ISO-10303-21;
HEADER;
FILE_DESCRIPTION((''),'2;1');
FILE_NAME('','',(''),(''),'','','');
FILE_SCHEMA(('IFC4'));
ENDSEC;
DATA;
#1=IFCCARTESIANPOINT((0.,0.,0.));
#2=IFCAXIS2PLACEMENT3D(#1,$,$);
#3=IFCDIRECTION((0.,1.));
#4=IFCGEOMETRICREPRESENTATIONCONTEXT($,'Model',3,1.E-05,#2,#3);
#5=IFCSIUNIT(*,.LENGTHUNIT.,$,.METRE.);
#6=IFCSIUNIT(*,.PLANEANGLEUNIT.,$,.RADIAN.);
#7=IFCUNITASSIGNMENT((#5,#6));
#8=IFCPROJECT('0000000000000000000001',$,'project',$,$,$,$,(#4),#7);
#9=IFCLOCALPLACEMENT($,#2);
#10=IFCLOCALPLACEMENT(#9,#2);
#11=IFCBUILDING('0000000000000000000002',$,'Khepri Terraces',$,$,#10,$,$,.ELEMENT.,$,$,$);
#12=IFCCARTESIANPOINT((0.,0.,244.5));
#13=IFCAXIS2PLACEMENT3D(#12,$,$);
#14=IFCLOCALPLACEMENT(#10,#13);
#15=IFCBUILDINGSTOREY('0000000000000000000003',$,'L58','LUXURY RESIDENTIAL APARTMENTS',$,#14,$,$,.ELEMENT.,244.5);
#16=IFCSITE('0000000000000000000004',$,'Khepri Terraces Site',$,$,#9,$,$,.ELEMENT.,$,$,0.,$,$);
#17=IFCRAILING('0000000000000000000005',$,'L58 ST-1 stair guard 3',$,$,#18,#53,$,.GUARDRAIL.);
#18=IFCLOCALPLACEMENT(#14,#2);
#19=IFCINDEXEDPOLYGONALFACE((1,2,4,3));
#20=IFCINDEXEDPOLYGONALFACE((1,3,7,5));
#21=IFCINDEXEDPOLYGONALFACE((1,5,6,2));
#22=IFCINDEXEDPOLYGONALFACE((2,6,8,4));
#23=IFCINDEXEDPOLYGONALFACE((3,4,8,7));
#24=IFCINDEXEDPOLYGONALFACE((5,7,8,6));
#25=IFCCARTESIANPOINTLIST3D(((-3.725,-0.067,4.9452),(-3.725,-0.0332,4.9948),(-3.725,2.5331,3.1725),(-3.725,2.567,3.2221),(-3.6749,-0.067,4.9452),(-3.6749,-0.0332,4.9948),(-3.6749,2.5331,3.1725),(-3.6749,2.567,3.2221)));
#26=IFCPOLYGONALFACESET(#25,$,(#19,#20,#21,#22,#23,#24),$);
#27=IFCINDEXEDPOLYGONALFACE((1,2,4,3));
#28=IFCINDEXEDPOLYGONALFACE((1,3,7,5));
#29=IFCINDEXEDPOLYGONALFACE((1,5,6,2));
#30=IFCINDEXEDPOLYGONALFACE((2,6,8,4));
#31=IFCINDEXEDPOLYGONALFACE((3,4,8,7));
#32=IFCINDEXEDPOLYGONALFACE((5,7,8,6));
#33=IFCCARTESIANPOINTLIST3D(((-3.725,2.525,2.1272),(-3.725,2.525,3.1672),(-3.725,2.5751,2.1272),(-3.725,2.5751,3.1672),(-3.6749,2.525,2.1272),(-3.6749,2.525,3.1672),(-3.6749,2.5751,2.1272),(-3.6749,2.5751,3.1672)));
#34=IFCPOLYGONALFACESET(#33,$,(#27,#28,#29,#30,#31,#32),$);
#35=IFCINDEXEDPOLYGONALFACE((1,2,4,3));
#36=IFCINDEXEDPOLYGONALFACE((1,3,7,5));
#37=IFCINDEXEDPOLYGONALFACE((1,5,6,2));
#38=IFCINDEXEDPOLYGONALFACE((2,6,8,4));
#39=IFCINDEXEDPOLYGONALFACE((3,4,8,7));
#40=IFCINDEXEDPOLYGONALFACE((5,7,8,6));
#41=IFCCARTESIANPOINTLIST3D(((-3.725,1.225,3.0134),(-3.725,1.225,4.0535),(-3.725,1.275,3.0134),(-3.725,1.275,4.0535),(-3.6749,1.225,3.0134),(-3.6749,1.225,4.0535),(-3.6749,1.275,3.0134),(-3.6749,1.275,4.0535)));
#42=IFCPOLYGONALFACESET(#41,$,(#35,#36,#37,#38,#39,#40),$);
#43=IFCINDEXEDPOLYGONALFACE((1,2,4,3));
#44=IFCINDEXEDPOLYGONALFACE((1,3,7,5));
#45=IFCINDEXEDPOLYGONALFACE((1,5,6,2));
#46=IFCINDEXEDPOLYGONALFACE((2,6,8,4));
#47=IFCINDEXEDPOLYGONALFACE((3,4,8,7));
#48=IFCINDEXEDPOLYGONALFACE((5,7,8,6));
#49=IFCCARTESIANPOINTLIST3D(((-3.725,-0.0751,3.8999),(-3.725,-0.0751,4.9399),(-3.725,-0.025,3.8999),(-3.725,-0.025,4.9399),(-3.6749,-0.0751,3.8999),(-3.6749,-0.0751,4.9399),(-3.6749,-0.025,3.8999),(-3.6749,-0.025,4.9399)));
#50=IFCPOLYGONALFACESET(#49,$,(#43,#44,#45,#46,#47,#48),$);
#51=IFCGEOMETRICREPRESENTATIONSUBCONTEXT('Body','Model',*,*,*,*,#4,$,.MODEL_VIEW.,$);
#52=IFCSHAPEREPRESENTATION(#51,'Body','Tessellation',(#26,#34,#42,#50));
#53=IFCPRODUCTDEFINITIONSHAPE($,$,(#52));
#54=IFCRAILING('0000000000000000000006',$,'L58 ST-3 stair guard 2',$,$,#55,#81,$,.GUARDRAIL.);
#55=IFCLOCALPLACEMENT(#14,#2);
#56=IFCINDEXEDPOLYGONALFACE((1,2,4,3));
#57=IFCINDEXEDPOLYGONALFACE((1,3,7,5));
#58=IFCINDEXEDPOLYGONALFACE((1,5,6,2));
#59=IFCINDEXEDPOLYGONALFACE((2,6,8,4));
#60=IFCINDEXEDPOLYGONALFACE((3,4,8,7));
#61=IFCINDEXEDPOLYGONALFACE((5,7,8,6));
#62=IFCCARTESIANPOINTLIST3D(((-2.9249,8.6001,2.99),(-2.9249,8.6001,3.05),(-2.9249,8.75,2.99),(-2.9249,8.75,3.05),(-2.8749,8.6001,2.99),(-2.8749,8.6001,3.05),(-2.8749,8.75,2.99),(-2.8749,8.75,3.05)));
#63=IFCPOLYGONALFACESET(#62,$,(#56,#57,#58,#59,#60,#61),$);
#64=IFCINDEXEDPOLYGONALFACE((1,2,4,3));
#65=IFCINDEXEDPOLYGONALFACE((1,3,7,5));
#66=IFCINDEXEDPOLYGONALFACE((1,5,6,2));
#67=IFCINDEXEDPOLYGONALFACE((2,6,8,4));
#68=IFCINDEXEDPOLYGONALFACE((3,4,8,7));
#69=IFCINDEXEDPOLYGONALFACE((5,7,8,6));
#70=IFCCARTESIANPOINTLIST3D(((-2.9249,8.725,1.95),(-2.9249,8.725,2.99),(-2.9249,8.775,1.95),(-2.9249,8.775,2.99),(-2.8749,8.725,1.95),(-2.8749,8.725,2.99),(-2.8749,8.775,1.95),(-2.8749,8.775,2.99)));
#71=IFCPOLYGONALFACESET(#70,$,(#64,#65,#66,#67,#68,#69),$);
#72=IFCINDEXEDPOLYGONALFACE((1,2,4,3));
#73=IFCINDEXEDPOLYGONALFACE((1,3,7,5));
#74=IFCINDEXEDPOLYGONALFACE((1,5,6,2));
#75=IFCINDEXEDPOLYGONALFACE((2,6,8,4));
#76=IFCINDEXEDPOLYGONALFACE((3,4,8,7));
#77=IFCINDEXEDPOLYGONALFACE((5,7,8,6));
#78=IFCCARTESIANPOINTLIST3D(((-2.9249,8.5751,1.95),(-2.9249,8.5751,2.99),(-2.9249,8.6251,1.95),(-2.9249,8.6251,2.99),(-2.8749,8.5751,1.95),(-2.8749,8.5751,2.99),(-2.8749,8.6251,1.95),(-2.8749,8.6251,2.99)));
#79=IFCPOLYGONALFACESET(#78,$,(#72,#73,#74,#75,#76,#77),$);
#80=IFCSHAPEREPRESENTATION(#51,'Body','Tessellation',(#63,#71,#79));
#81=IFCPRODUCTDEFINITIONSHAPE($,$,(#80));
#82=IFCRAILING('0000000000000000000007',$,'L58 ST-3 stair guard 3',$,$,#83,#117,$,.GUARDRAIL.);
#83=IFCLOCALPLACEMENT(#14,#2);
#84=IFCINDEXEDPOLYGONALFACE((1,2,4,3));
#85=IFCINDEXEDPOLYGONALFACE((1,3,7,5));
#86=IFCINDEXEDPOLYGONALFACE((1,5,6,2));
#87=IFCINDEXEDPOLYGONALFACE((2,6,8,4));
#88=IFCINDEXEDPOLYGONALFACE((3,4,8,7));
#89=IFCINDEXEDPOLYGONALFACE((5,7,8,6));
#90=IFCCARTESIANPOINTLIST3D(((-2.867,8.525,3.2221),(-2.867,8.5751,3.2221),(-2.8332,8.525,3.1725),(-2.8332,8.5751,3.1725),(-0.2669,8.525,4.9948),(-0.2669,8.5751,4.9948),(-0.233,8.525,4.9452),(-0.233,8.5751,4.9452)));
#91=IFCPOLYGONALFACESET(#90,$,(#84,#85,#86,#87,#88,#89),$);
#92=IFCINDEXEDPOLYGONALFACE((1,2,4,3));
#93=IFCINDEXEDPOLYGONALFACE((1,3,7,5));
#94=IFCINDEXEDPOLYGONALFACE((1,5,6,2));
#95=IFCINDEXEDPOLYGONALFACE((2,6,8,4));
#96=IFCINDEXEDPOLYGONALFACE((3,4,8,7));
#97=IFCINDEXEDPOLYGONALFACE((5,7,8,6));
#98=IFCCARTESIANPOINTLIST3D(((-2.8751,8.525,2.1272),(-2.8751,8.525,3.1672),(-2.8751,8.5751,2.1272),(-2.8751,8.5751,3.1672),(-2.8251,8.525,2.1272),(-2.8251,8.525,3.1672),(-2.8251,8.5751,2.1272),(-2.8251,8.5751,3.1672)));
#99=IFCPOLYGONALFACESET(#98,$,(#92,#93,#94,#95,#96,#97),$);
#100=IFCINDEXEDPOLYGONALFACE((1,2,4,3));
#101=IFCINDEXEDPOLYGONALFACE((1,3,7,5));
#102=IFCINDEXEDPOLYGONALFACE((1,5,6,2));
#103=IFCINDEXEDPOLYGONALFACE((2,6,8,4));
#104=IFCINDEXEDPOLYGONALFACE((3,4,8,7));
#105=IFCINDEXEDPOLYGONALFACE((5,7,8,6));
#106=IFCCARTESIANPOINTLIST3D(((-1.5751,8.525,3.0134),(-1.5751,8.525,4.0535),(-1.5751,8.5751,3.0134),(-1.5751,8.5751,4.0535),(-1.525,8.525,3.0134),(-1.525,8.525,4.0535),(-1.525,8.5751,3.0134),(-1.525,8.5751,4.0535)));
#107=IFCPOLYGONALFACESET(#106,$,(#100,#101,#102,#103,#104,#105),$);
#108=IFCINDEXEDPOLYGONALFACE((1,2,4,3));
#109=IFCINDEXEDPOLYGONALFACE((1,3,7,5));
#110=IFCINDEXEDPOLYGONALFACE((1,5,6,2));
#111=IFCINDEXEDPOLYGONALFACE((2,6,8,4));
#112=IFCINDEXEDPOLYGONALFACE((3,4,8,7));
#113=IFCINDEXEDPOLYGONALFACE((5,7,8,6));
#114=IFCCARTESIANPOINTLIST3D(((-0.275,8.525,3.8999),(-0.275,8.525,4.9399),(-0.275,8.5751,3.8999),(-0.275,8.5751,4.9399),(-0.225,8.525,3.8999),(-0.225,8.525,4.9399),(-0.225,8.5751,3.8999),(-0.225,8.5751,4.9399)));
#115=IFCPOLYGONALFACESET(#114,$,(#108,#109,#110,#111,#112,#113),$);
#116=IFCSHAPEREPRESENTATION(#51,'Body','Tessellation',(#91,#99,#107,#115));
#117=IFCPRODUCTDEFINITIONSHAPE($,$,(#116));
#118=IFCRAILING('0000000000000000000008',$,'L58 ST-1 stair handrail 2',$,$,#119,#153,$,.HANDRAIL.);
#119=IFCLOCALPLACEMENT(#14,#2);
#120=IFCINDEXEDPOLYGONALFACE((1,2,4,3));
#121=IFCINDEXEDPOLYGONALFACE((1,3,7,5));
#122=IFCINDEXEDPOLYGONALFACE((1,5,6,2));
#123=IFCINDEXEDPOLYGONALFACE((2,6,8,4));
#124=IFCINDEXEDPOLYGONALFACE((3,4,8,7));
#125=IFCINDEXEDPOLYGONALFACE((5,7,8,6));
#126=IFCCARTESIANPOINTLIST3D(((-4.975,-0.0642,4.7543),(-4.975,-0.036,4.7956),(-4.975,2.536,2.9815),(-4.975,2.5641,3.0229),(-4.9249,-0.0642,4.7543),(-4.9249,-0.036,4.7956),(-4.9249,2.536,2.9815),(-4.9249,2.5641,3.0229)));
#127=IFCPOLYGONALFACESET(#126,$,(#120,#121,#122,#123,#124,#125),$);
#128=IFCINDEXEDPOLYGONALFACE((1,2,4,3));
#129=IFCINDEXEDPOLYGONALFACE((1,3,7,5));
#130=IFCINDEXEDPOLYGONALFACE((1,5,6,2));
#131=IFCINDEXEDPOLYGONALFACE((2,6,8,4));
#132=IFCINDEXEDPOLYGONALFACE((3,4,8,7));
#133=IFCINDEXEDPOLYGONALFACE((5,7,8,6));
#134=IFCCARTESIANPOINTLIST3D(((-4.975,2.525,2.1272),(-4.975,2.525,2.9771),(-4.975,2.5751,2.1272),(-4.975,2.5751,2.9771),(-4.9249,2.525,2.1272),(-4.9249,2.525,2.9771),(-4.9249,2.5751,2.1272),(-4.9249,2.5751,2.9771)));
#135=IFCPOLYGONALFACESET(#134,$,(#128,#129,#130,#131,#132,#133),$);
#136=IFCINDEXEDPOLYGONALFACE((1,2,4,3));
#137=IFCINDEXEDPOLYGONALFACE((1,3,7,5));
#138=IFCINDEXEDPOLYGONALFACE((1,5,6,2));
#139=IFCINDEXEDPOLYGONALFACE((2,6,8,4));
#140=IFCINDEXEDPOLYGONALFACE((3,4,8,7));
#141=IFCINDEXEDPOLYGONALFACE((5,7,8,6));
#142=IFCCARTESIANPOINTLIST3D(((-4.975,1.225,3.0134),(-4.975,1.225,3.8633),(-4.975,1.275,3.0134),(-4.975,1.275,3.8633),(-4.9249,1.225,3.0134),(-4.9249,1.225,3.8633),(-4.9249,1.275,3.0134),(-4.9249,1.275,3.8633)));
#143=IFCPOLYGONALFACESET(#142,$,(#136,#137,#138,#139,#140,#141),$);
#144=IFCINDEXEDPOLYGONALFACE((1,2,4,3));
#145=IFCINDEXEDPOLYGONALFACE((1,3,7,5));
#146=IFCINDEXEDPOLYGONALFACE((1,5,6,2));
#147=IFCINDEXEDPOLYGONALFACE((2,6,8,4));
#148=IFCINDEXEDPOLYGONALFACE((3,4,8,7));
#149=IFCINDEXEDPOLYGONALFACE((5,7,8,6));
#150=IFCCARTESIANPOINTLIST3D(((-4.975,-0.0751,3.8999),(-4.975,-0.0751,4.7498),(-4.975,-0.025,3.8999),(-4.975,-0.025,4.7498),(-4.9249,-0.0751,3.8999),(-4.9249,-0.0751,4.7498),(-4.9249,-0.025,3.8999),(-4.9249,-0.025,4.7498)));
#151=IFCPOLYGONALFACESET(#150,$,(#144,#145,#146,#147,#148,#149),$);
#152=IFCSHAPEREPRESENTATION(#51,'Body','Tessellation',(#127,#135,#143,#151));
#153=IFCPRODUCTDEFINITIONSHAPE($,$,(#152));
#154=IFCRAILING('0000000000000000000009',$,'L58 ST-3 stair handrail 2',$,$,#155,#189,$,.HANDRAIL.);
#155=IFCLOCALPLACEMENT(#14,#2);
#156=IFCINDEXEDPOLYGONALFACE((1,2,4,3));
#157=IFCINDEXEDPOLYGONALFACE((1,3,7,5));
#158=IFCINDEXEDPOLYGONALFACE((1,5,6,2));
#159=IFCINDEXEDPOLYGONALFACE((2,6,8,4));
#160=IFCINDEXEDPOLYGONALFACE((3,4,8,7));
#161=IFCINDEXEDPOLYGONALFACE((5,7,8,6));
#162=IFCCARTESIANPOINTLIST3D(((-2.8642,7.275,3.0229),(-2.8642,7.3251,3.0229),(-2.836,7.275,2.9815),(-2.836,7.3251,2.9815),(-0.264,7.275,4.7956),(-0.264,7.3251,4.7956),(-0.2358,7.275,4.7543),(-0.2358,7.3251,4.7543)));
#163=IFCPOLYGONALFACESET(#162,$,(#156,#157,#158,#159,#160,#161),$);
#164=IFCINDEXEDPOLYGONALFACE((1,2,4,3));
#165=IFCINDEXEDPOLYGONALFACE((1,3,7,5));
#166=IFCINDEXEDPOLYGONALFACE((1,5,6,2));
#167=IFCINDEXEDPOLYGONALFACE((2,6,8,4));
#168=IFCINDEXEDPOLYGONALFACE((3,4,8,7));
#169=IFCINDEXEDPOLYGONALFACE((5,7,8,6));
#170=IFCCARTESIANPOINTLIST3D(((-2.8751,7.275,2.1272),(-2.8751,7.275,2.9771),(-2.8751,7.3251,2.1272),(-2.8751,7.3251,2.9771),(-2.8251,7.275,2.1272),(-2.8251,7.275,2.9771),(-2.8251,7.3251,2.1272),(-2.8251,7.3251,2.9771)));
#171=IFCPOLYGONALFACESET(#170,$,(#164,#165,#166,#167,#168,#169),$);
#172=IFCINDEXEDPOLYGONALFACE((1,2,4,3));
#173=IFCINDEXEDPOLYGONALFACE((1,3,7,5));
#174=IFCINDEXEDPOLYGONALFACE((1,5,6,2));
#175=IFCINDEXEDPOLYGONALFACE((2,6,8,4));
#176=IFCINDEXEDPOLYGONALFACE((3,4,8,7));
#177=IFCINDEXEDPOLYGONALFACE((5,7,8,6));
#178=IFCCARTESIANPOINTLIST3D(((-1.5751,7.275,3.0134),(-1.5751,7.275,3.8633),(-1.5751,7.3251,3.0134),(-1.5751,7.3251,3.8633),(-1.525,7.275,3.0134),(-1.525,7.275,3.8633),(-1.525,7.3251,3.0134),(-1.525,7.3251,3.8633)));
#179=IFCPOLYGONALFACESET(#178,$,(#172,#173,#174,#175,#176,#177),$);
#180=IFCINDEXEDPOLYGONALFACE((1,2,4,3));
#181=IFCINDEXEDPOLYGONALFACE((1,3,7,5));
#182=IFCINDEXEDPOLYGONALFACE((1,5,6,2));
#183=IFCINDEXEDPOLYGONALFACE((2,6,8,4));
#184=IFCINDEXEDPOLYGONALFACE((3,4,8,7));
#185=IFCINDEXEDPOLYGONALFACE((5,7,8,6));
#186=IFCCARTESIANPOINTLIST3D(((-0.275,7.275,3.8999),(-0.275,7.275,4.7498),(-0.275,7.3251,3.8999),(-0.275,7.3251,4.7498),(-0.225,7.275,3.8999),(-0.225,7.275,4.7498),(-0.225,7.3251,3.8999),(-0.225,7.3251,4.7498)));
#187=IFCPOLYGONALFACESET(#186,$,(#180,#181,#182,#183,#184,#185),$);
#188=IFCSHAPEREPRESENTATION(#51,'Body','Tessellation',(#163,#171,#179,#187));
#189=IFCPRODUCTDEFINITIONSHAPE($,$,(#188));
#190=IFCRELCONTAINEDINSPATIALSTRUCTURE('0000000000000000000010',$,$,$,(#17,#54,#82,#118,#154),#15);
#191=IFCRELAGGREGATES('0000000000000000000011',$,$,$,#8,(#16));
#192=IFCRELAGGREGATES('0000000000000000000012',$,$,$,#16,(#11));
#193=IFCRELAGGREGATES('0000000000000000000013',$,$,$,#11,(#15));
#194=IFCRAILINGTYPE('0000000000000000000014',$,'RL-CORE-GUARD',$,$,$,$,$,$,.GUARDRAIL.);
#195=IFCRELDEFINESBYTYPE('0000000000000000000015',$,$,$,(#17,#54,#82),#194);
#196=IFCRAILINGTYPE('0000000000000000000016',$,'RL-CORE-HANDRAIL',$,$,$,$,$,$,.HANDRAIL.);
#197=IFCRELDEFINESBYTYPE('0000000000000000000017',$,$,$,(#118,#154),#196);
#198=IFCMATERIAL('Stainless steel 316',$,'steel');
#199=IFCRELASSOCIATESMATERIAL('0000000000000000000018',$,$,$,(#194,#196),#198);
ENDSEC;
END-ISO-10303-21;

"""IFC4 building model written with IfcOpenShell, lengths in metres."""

from ifc_helpers import new_model, si_unit, direction, frame, origin, origin_2d, place, context, subcontext, project, spatial, rectangle, extrude, material, type_object, element, save


model = new_model("IFC4")

# Units and contexts
model_context = context("Model", 3, precision=1e-05, world=origin(), true_north=direction((0.0, 1.0)))
body_context = subcontext(model_context, "Body", "Model", "MODEL_VIEW")
ifc_project = project(units=[si_unit("LENGTHUNIT", "METRE"), si_unit("PLANEANGLEUNIT", "RADIAN")], contexts=[model_context])

# Site, building, storey
site_placement = place(None, origin())
site = spatial("IfcSite", under=ifc_project, at=site_placement, Name="Khepri Terraces Site", CompositionType="ELEMENT", RefElevation=0.0)
building_placement = place(site_placement, origin())
building = spatial("IfcBuilding", under=site, at=building_placement, Name="Khepri Terraces", CompositionType="ELEMENT")
storey_placement = place(building_placement, frame((0.0, 0.0, 244.5)))
storey = spatial("IfcBuildingStorey", under=building, at=storey_placement, Name="L58", Description="LUXURY RESIDENTIAL APARTMENTS", CompositionType="ELEMENT", Elevation=244.5)

# Railings
ifc_material_1 = material(Name="Stainless steel 316", Category="steel")
railing_type_1 = type_object("IfcRailingType", Name="RL-CORE-GUARD", PredefinedType="GUARDRAIL", material=ifc_material_1)
railing_1_placement = place(storey_placement, frame((-3.7, 2.55, 2.1272)))
element("IfcRailing", 1, at=railing_1_placement, inside=storey, type_object=railing_type_1, Name="L58 ST-1 stair guard 3", PredefinedType="GUARDRAIL", context=body_context, shape_type="SweptSolid", body=[
    extrude(rectangle(XDim=0.05, YDim=0.0601, at=origin_2d()), frame((0.0, 0.0, 1.0701), z_axis=(0.0, -0.82624, 0.563318), x_axis=(1.0, 0.0, 0.0)), (0.0, 0.0, 1.0), 3.147),
    extrude(rectangle(XDim=0.05, YDim=0.05, at=origin_2d()), origin(), (0.0, 0.0, 1.0), 1.04),
    extrude(rectangle(XDim=0.05, YDim=0.05, at=origin_2d()), frame((0.0, -1.3, 0.8862)), (0.0, 0.0, 1.0), 1.04),
    extrude(rectangle(XDim=0.05, YDim=0.05, at=origin_2d()), frame((0.0, -2.6001, 1.7727)), (0.0, 0.0, 1.0), 1.04),
])
railing_2_placement = place(storey_placement, frame((-2.8999, 8.75, 1.95)))
element("IfcRailing", 2, at=railing_2_placement, inside=storey, type_object=railing_type_1, Name="L58 ST-3 stair guard 2", PredefinedType="GUARDRAIL", context=body_context, shape_type="SweptSolid", body=[
    extrude(rectangle(XDim=0.05, YDim=0.0601, at=origin_2d()), frame((0.0, 0.0, 1.0701), z_axis=(0.0, -1.0, 0.0), x_axis=(1.0, 0.0, 0.0)), (0.0, 0.0, 1.0), 0.1499),
    extrude(rectangle(XDim=0.05, YDim=0.05, at=origin_2d()), origin(), (0.0, 0.0, 1.0), 1.04),
    extrude(rectangle(XDim=0.05, YDim=0.05, at=origin_2d()), frame((0.0, -0.1499, 0.0)), (0.0, 0.0, 1.0), 1.04),
])
railing_3_placement = place(storey_placement, frame((-2.8501, 8.55, 2.1272)))
element("IfcRailing", 3, at=railing_3_placement, inside=storey, type_object=railing_type_1, Name="L58 ST-3 stair guard 3", PredefinedType="GUARDRAIL", context=body_context, shape_type="SweptSolid", body=[
    extrude(rectangle(XDim=0.05, YDim=0.0601, at=origin_2d()), frame((0.0, 0.0, 1.0701), z_axis=(0.82624, 0.0, 0.563318), x_axis=(0.0, 1.0, 0.0)), (0.0, 0.0, 1.0), 3.147),
    extrude(rectangle(XDim=0.05, YDim=0.05, at=origin_2d()), origin(), (0.0, 0.0, 1.0), 1.04),
    extrude(rectangle(XDim=0.05, YDim=0.05, at=origin_2d()), frame((1.3, 0.0, 0.8862)), (0.0, 0.0, 1.0), 1.04),
    extrude(rectangle(XDim=0.05, YDim=0.05, at=origin_2d()), frame((2.6001, 0.0, 1.7727)), (0.0, 0.0, 1.0), 1.04),
])
railing_type_2 = type_object("IfcRailingType", Name="RL-CORE-HANDRAIL", PredefinedType="HANDRAIL", material=ifc_material_1)
railing_4_placement = place(storey_placement, frame((-4.95, 2.55, 2.1272)))
element("IfcRailing", 4, at=railing_4_placement, inside=storey, type_object=railing_type_2, Name="L58 ST-1 stair handrail 2", PredefinedType="HANDRAIL", context=body_context, shape_type="SweptSolid", body=[
    extrude(rectangle(XDim=0.05, YDim=0.05, at=origin_2d()), frame((0.0, 0.0, 0.875), z_axis=(0.0, -0.82624, 0.563318), x_axis=(1.0, 0.0, 0.0)), (0.0, 0.0, 1.0), 3.147),
    extrude(rectangle(XDim=0.05, YDim=0.05, at=origin_2d()), origin(), (0.0, 0.0, 1.0), 0.8499),
    extrude(rectangle(XDim=0.05, YDim=0.05, at=origin_2d()), frame((0.0, -1.3, 0.8862)), (0.0, 0.0, 1.0), 0.8499),
    extrude(rectangle(XDim=0.05, YDim=0.05, at=origin_2d()), frame((0.0, -2.6001, 1.7727)), (0.0, 0.0, 1.0), 0.8499),
])
railing_5_placement = place(storey_placement, frame((-2.8501, 7.3, 2.1272)))
element("IfcRailing", 5, at=railing_5_placement, inside=storey, type_object=railing_type_2, Name="L58 ST-3 stair handrail 2", PredefinedType="HANDRAIL", context=body_context, shape_type="SweptSolid", body=[
    extrude(rectangle(XDim=0.05, YDim=0.05, at=origin_2d()), frame((0.0, 0.0, 0.875), z_axis=(0.82624, 0.0, 0.563318), x_axis=(0.0, 1.0, 0.0)), (0.0, 0.0, 1.0), 3.147),
    extrude(rectangle(XDim=0.05, YDim=0.05, at=origin_2d()), origin(), (0.0, 0.0, 1.0), 0.8499),
    extrude(rectangle(XDim=0.05, YDim=0.05, at=origin_2d()), frame((1.3, 0.0, 0.8862)), (0.0, 0.0, 1.0), 0.8499),
    extrude(rectangle(XDim=0.05, YDim=0.05, at=origin_2d()), frame((2.6001, 0.0, 1.7727)), (0.0, 0.0, 1.0), 0.8499),
])

save(model, "model.ifc")
